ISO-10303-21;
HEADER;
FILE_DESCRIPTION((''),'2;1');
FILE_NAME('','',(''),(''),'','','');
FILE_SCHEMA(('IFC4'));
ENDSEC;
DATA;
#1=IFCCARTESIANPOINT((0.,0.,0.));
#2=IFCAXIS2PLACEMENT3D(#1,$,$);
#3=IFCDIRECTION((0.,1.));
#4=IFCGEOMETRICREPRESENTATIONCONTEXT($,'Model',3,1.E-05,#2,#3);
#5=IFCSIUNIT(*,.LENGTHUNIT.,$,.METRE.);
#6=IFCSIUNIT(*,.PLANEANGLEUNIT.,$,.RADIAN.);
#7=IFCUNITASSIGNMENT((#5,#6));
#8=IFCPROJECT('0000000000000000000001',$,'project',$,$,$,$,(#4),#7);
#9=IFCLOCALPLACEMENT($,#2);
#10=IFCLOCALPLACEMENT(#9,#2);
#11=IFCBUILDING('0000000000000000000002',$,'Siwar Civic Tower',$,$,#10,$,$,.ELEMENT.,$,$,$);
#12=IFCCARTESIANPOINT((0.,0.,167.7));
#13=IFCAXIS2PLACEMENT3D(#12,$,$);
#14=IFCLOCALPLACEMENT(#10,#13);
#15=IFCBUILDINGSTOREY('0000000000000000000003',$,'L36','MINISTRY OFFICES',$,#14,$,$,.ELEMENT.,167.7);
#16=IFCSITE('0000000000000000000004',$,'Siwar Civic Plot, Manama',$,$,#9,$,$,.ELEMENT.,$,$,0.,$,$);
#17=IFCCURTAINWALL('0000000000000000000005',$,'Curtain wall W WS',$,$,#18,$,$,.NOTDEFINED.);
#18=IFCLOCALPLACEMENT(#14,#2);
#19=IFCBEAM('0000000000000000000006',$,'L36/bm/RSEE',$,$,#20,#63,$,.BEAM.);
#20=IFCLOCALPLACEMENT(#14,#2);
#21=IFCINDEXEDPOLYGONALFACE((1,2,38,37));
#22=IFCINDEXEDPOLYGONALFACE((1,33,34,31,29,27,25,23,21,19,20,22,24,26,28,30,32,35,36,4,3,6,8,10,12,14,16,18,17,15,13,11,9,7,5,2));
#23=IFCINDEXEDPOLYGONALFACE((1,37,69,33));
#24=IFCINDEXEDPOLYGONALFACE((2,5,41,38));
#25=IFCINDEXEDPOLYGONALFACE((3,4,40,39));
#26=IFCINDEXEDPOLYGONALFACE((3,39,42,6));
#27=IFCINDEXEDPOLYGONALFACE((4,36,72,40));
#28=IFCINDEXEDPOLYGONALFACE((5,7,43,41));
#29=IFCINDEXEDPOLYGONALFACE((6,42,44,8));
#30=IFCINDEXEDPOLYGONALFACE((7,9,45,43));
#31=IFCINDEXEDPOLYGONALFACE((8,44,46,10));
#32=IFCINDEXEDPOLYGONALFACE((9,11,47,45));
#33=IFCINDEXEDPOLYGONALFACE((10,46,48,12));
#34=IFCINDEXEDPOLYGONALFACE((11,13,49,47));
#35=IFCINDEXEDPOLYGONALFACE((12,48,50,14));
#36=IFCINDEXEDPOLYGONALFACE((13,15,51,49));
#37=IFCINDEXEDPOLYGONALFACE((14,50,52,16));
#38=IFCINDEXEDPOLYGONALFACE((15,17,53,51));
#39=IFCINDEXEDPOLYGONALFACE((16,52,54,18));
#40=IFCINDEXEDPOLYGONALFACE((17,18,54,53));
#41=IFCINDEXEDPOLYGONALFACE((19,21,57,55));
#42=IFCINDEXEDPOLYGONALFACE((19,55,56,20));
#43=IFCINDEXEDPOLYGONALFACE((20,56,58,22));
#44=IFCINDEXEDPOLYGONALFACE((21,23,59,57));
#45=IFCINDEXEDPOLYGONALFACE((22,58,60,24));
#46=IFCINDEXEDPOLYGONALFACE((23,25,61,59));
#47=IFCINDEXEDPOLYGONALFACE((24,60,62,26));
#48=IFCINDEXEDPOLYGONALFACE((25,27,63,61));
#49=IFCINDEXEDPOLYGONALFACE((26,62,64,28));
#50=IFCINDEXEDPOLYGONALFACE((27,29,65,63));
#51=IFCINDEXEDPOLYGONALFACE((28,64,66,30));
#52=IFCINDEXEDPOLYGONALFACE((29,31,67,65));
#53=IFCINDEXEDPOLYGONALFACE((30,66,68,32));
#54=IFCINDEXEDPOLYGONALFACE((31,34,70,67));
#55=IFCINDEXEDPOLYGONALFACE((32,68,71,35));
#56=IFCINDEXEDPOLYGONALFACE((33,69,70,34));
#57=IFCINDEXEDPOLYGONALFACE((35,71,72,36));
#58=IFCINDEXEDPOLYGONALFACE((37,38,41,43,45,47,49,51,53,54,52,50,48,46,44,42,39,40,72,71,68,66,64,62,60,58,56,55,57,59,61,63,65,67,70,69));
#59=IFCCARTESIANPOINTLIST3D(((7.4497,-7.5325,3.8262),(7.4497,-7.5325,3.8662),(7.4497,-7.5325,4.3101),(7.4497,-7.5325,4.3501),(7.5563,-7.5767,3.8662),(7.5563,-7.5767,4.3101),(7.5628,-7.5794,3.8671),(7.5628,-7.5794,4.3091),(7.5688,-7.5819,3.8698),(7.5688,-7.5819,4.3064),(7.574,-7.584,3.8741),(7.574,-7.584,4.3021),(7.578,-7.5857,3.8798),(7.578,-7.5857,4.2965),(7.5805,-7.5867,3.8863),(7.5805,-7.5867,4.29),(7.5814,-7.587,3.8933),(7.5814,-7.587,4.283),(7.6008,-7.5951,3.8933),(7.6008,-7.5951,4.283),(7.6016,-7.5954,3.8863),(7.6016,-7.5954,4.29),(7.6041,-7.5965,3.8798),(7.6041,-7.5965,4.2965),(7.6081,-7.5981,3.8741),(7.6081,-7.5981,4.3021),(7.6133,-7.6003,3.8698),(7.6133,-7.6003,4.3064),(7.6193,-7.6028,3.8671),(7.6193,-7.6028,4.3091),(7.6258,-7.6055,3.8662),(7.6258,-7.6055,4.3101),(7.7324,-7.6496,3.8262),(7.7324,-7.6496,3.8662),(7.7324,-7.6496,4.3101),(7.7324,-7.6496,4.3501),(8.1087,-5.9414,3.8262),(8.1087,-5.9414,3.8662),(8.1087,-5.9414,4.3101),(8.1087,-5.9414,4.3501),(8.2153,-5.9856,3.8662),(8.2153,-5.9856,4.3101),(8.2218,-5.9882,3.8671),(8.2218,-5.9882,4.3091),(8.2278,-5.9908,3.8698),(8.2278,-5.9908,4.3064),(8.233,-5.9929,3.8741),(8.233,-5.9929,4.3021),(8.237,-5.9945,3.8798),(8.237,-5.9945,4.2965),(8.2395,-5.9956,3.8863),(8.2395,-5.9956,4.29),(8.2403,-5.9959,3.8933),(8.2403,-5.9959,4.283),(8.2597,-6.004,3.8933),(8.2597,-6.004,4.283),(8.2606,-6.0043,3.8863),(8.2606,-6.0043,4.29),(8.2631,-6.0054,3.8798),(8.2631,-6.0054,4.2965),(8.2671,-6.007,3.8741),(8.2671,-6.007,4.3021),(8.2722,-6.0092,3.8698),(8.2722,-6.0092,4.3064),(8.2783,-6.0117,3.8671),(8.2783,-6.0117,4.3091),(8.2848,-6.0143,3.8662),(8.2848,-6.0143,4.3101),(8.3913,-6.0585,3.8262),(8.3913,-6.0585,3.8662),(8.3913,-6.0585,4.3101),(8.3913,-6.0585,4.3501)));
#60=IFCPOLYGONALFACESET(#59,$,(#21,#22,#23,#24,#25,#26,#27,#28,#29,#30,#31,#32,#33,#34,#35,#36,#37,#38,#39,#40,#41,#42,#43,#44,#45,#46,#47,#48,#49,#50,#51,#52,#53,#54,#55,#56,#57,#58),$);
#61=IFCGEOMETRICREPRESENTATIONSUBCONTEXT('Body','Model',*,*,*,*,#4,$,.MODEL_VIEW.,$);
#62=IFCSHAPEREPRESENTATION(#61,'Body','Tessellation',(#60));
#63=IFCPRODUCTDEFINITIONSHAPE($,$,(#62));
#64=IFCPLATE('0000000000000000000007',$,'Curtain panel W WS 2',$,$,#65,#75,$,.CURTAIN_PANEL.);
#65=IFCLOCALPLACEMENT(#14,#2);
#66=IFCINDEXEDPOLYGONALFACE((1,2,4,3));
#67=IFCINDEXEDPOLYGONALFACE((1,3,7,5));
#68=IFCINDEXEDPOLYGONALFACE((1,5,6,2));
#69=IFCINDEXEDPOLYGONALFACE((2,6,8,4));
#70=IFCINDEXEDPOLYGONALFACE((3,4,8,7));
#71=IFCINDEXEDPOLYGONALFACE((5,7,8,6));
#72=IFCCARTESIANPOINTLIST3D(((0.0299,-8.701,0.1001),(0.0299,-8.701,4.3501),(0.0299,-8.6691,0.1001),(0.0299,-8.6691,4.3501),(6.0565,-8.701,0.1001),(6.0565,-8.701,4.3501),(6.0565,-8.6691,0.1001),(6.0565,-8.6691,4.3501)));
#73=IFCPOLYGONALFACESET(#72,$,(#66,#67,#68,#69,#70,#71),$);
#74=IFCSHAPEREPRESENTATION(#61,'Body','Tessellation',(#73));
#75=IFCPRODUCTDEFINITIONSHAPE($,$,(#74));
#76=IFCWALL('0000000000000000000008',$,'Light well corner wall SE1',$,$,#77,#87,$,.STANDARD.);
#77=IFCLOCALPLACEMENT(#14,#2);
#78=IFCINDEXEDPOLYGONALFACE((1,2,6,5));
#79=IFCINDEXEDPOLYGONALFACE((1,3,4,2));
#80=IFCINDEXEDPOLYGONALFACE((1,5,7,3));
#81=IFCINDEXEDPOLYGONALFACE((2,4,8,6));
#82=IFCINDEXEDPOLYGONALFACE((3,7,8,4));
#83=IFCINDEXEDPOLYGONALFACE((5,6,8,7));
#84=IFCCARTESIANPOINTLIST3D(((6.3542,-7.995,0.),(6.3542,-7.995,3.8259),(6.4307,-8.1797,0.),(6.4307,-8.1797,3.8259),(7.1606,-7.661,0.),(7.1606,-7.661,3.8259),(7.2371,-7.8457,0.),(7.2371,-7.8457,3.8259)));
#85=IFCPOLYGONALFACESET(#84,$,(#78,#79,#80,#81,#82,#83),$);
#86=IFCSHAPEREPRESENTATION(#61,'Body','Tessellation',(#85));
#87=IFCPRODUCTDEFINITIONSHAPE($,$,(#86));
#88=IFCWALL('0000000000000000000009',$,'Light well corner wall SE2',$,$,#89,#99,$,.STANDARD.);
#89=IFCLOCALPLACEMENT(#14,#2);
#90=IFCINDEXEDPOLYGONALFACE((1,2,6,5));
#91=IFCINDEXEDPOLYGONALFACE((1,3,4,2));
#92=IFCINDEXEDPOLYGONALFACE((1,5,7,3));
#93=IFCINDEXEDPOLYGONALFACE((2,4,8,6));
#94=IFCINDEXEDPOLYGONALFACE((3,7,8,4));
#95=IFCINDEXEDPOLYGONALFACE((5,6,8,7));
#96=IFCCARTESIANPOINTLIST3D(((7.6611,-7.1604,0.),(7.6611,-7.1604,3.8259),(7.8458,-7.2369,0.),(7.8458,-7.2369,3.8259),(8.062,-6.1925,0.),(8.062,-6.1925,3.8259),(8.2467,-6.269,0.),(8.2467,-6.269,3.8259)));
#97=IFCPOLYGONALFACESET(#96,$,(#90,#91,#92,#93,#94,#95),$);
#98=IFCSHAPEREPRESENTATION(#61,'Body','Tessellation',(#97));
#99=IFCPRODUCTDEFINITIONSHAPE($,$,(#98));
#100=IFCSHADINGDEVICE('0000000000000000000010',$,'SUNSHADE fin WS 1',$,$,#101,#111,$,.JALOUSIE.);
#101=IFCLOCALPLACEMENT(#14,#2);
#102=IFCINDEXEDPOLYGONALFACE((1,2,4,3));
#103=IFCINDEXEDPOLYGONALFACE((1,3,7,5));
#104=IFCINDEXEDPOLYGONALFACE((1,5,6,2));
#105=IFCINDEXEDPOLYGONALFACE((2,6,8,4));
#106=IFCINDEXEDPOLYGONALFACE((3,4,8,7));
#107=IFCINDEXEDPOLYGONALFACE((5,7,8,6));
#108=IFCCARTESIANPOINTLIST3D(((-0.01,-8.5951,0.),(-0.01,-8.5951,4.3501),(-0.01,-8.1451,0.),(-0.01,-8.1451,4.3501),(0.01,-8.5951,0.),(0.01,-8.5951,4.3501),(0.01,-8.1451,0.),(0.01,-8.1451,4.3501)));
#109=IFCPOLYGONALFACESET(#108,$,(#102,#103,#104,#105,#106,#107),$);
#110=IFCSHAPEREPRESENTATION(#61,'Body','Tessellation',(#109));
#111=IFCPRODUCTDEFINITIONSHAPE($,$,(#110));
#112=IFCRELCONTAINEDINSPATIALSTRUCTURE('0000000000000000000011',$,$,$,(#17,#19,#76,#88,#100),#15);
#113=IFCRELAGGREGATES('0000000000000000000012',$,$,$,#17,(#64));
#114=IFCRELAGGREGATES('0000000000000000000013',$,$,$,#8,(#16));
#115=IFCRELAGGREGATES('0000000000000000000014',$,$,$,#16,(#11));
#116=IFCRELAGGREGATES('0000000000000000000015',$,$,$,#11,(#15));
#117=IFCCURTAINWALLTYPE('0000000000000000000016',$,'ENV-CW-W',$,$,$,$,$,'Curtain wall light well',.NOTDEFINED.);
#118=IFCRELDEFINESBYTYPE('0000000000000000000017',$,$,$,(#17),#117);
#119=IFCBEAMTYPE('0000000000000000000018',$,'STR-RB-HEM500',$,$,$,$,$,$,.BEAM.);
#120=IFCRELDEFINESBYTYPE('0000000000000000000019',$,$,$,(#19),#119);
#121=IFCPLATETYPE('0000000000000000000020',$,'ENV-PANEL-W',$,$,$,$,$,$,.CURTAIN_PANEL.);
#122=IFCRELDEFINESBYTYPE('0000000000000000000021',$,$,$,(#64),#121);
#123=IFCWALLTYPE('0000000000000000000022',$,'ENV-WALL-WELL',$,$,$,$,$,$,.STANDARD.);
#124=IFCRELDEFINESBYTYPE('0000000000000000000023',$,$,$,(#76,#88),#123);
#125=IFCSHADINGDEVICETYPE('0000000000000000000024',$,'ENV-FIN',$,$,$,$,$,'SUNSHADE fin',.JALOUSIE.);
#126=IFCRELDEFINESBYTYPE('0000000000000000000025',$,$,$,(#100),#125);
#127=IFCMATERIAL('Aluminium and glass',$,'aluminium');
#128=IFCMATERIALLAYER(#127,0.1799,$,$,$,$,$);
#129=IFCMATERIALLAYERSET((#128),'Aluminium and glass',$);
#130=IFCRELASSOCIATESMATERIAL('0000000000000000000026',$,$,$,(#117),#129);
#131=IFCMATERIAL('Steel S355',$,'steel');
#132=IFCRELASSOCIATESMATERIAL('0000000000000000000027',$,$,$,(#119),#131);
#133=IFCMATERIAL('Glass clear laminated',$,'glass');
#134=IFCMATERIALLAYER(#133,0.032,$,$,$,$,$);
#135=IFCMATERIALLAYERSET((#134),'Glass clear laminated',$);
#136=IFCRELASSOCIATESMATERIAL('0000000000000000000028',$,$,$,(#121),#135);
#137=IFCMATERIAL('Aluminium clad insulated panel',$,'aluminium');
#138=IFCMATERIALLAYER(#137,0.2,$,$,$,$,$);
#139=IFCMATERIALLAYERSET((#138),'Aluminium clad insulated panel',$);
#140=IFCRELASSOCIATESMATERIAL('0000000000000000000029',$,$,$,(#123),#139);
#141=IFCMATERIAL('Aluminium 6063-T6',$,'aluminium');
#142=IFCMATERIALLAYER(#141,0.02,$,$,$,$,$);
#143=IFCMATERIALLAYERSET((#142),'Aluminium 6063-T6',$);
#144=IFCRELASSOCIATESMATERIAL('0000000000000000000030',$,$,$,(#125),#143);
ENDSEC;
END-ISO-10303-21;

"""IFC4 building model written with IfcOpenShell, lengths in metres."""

from ifc_helpers import new_model, si_unit, direction, frame, frame_2d, origin, origin_2d, place, context, subcontext, project, spatial, rectangle, i_section, extrude, material, layer, layer_set, material_profile, profile_set, type_object, element, aggregate, save


model = new_model("IFC4")

# Units and contexts
model_context = context("Model", 3, precision=1e-05, world=origin(), true_north=direction((0.0, 1.0)))
body_context = subcontext(model_context, "Body", "Model", "MODEL_VIEW")
ifc_project = project(units=[si_unit("LENGTHUNIT", "METRE"), si_unit("PLANEANGLEUNIT", "RADIAN")], contexts=[model_context])

# Site, building, storey
site_placement = place(None, origin())
site = spatial("IfcSite", under=ifc_project, at=site_placement, Name="Siwar Civic Plot, Manama", CompositionType="ELEMENT", RefElevation=0.0)
building_placement = place(site_placement, origin())
building = spatial("IfcBuilding", under=site, at=building_placement, Name="Siwar Civic Tower", CompositionType="ELEMENT")
storey_placement = place(building_placement, frame((0.0, 0.0, 167.7)))
storey = spatial("IfcBuildingStorey", under=building, at=storey_placement, Name="L36", Description="MINISTRY OFFICES", CompositionType="ELEMENT", Elevation=167.7)

# Curtain wall
ifc_material_1 = material(Name="Aluminium and glass", Category="aluminium")
ifc_layer_1 = layer(ifc_material_1, 0.1799)
ifc_layer_set_1 = layer_set([ifc_layer_1], Name="Aluminium and glass")
curtain_wall_type = type_object("IfcCurtainWallType", Name="ENV-CW-W", ElementType="Curtain wall light well", PredefinedType="NOTDEFINED", material=ifc_layer_set_1)
curtain_wall_placement = place(storey_placement, origin())
curtain_wall = element("IfcCurtainWall", 1, at=curtain_wall_placement, inside=storey, type_object=curtain_wall_type, Name="Curtain wall W WS", PredefinedType="NOTDEFINED")

# Beam
ifc_material_2 = material(Name="Steel S355", Category="steel")
ifc_material_profile_1 = material_profile(ifc_material_2, i_section(OverallWidth=0.3059, OverallDepth=0.5239, WebThickness=0.021, FlangeThickness=0.04, FilletRadius=0.0271, at=origin_2d()), Name="HEM500")
ifc_profile_set_1 = profile_set([ifc_material_profile_1], Name="Steel S355")
beam_type_1 = type_object("IfcBeamType", Name="STR-RB-HEM500", PredefinedType="BEAM", material=ifc_profile_set_1)
for number, where, z_axis, x_axis, name in (
    (2, (7.5911, -7.5911, 4.0881), (0.382631, 0.923901, 0.0), (-0.923901, 0.382631, 0.0), "L36/bm/RSEE"),
):
    element("IfcBeam", number, at=place(storey_placement, frame(where, z_axis=z_axis, x_axis=x_axis)), inside=storey, type_object=beam_type_1, Name=name, PredefinedType="BEAM", context=body_context, shape_type="SweptSolid", body=[
        extrude(i_section(OverallWidth=0.3059, OverallDepth=0.5239, WebThickness=0.021, FlangeThickness=0.04, FilletRadius=0.0271, at=origin_2d()), origin(), (0.0, 0.0, 1.0), 1.7222),
    ])

# Plate
ifc_material_3 = material(Name="Glass clear laminated", Category="glass")
ifc_layer_2 = layer(ifc_material_3, 0.032)
ifc_layer_set_2 = layer_set([ifc_layer_2], Name="Glass clear laminated")
plate_type = type_object("IfcPlateType", Name="ENV-PANEL-W", PredefinedType="CURTAIN_PANEL", material=ifc_layer_set_2)
plate_placement = place(storey_placement, frame((3.0432, -8.6851, 0.1001), z_axis=(0.0, 0.0, 1.0), x_axis=(1.0, 0.0, 0.0)))
plate = element("IfcPlate", 3, at=plate_placement, type_object=plate_type, Name="Curtain panel W WS 2", PredefinedType="CURTAIN_PANEL", context=body_context, shape_type="SweptSolid", body=[
    extrude(rectangle(XDim=6.0266, YDim=0.032, at=origin_2d()), origin(), (0.0, 0.0, 1.0), 4.25),
])
aggregate(curtain_wall, [plate])

# Walls
ifc_material_4 = material(Name="Aluminium clad insulated panel", Category="aluminium")
ifc_layer_3 = layer(ifc_material_4, 0.2)
ifc_layer_set_3 = layer_set([ifc_layer_3], Name="Aluminium clad insulated panel")
wall_type = type_object("IfcWallType", Name="ENV-WALL-WELL", PredefinedType="STANDARD", material=ifc_layer_set_3)
wall_1_placement = place(storey_placement, frame((6.3923, -8.0874, 0.0), z_axis=(0.0, 0.0, 1.0), x_axis=(0.923894, 0.382648, 0.0)))
element("IfcWall", 4, at=wall_1_placement, inside=storey, type_object=wall_type, Name="Light well corner wall SE1", PredefinedType="STANDARD", context=body_context, shape_type="SweptSolid", body=[
    extrude(rectangle(XDim=0.8728, YDim=0.2, at=frame_2d((0.4365, 0.0))), origin(), (0.0, 0.0, 1.0), 3.8259),
])
wall_2_placement = place(storey_placement, frame((7.7534, -7.1987, 0.0), z_axis=(0.0, 0.0, 1.0), x_axis=(0.382695, 0.923875, 0.0)))
element("IfcWall", 5, at=wall_2_placement, inside=storey, type_object=wall_type, Name="Light well corner wall SE2", PredefinedType="STANDARD", context=body_context, shape_type="SweptSolid", body=[
    extrude(rectangle(XDim=1.0476, YDim=0.2, at=frame_2d((0.5239, 0.0))), origin(), (0.0, 0.0, 1.0), 3.8259),
])

# Shading device
ifc_material_5 = material(Name="Aluminium 6063-T6", Category="aluminium")
ifc_layer_4 = layer(ifc_material_5, 0.02)
ifc_layer_set_4 = layer_set([ifc_layer_4], Name="Aluminium 6063-T6")
shading_device_type = type_object("IfcShadingDeviceType", Name="ENV-FIN", ElementType="SUNSHADE fin", PredefinedType="JALOUSIE", material=ifc_layer_set_4)
shading_device_placement = place(storey_placement, frame((0.0, -8.3701, 0.0), z_axis=(0.0, 0.0, 1.0), x_axis=(1.0, 0.0, 0.0)))
element("IfcShadingDevice", 6, at=shading_device_placement, inside=storey, type_object=shading_device_type, Name="SUNSHADE fin WS 1", PredefinedType="JALOUSIE", context=body_context, shape_type="SweptSolid", body=[
    extrude(rectangle(XDim=0.02, YDim=0.45, at=origin_2d()), origin(), (0.0, 0.0, 1.0), 4.3501),
])

save(model, "model.ifc")
